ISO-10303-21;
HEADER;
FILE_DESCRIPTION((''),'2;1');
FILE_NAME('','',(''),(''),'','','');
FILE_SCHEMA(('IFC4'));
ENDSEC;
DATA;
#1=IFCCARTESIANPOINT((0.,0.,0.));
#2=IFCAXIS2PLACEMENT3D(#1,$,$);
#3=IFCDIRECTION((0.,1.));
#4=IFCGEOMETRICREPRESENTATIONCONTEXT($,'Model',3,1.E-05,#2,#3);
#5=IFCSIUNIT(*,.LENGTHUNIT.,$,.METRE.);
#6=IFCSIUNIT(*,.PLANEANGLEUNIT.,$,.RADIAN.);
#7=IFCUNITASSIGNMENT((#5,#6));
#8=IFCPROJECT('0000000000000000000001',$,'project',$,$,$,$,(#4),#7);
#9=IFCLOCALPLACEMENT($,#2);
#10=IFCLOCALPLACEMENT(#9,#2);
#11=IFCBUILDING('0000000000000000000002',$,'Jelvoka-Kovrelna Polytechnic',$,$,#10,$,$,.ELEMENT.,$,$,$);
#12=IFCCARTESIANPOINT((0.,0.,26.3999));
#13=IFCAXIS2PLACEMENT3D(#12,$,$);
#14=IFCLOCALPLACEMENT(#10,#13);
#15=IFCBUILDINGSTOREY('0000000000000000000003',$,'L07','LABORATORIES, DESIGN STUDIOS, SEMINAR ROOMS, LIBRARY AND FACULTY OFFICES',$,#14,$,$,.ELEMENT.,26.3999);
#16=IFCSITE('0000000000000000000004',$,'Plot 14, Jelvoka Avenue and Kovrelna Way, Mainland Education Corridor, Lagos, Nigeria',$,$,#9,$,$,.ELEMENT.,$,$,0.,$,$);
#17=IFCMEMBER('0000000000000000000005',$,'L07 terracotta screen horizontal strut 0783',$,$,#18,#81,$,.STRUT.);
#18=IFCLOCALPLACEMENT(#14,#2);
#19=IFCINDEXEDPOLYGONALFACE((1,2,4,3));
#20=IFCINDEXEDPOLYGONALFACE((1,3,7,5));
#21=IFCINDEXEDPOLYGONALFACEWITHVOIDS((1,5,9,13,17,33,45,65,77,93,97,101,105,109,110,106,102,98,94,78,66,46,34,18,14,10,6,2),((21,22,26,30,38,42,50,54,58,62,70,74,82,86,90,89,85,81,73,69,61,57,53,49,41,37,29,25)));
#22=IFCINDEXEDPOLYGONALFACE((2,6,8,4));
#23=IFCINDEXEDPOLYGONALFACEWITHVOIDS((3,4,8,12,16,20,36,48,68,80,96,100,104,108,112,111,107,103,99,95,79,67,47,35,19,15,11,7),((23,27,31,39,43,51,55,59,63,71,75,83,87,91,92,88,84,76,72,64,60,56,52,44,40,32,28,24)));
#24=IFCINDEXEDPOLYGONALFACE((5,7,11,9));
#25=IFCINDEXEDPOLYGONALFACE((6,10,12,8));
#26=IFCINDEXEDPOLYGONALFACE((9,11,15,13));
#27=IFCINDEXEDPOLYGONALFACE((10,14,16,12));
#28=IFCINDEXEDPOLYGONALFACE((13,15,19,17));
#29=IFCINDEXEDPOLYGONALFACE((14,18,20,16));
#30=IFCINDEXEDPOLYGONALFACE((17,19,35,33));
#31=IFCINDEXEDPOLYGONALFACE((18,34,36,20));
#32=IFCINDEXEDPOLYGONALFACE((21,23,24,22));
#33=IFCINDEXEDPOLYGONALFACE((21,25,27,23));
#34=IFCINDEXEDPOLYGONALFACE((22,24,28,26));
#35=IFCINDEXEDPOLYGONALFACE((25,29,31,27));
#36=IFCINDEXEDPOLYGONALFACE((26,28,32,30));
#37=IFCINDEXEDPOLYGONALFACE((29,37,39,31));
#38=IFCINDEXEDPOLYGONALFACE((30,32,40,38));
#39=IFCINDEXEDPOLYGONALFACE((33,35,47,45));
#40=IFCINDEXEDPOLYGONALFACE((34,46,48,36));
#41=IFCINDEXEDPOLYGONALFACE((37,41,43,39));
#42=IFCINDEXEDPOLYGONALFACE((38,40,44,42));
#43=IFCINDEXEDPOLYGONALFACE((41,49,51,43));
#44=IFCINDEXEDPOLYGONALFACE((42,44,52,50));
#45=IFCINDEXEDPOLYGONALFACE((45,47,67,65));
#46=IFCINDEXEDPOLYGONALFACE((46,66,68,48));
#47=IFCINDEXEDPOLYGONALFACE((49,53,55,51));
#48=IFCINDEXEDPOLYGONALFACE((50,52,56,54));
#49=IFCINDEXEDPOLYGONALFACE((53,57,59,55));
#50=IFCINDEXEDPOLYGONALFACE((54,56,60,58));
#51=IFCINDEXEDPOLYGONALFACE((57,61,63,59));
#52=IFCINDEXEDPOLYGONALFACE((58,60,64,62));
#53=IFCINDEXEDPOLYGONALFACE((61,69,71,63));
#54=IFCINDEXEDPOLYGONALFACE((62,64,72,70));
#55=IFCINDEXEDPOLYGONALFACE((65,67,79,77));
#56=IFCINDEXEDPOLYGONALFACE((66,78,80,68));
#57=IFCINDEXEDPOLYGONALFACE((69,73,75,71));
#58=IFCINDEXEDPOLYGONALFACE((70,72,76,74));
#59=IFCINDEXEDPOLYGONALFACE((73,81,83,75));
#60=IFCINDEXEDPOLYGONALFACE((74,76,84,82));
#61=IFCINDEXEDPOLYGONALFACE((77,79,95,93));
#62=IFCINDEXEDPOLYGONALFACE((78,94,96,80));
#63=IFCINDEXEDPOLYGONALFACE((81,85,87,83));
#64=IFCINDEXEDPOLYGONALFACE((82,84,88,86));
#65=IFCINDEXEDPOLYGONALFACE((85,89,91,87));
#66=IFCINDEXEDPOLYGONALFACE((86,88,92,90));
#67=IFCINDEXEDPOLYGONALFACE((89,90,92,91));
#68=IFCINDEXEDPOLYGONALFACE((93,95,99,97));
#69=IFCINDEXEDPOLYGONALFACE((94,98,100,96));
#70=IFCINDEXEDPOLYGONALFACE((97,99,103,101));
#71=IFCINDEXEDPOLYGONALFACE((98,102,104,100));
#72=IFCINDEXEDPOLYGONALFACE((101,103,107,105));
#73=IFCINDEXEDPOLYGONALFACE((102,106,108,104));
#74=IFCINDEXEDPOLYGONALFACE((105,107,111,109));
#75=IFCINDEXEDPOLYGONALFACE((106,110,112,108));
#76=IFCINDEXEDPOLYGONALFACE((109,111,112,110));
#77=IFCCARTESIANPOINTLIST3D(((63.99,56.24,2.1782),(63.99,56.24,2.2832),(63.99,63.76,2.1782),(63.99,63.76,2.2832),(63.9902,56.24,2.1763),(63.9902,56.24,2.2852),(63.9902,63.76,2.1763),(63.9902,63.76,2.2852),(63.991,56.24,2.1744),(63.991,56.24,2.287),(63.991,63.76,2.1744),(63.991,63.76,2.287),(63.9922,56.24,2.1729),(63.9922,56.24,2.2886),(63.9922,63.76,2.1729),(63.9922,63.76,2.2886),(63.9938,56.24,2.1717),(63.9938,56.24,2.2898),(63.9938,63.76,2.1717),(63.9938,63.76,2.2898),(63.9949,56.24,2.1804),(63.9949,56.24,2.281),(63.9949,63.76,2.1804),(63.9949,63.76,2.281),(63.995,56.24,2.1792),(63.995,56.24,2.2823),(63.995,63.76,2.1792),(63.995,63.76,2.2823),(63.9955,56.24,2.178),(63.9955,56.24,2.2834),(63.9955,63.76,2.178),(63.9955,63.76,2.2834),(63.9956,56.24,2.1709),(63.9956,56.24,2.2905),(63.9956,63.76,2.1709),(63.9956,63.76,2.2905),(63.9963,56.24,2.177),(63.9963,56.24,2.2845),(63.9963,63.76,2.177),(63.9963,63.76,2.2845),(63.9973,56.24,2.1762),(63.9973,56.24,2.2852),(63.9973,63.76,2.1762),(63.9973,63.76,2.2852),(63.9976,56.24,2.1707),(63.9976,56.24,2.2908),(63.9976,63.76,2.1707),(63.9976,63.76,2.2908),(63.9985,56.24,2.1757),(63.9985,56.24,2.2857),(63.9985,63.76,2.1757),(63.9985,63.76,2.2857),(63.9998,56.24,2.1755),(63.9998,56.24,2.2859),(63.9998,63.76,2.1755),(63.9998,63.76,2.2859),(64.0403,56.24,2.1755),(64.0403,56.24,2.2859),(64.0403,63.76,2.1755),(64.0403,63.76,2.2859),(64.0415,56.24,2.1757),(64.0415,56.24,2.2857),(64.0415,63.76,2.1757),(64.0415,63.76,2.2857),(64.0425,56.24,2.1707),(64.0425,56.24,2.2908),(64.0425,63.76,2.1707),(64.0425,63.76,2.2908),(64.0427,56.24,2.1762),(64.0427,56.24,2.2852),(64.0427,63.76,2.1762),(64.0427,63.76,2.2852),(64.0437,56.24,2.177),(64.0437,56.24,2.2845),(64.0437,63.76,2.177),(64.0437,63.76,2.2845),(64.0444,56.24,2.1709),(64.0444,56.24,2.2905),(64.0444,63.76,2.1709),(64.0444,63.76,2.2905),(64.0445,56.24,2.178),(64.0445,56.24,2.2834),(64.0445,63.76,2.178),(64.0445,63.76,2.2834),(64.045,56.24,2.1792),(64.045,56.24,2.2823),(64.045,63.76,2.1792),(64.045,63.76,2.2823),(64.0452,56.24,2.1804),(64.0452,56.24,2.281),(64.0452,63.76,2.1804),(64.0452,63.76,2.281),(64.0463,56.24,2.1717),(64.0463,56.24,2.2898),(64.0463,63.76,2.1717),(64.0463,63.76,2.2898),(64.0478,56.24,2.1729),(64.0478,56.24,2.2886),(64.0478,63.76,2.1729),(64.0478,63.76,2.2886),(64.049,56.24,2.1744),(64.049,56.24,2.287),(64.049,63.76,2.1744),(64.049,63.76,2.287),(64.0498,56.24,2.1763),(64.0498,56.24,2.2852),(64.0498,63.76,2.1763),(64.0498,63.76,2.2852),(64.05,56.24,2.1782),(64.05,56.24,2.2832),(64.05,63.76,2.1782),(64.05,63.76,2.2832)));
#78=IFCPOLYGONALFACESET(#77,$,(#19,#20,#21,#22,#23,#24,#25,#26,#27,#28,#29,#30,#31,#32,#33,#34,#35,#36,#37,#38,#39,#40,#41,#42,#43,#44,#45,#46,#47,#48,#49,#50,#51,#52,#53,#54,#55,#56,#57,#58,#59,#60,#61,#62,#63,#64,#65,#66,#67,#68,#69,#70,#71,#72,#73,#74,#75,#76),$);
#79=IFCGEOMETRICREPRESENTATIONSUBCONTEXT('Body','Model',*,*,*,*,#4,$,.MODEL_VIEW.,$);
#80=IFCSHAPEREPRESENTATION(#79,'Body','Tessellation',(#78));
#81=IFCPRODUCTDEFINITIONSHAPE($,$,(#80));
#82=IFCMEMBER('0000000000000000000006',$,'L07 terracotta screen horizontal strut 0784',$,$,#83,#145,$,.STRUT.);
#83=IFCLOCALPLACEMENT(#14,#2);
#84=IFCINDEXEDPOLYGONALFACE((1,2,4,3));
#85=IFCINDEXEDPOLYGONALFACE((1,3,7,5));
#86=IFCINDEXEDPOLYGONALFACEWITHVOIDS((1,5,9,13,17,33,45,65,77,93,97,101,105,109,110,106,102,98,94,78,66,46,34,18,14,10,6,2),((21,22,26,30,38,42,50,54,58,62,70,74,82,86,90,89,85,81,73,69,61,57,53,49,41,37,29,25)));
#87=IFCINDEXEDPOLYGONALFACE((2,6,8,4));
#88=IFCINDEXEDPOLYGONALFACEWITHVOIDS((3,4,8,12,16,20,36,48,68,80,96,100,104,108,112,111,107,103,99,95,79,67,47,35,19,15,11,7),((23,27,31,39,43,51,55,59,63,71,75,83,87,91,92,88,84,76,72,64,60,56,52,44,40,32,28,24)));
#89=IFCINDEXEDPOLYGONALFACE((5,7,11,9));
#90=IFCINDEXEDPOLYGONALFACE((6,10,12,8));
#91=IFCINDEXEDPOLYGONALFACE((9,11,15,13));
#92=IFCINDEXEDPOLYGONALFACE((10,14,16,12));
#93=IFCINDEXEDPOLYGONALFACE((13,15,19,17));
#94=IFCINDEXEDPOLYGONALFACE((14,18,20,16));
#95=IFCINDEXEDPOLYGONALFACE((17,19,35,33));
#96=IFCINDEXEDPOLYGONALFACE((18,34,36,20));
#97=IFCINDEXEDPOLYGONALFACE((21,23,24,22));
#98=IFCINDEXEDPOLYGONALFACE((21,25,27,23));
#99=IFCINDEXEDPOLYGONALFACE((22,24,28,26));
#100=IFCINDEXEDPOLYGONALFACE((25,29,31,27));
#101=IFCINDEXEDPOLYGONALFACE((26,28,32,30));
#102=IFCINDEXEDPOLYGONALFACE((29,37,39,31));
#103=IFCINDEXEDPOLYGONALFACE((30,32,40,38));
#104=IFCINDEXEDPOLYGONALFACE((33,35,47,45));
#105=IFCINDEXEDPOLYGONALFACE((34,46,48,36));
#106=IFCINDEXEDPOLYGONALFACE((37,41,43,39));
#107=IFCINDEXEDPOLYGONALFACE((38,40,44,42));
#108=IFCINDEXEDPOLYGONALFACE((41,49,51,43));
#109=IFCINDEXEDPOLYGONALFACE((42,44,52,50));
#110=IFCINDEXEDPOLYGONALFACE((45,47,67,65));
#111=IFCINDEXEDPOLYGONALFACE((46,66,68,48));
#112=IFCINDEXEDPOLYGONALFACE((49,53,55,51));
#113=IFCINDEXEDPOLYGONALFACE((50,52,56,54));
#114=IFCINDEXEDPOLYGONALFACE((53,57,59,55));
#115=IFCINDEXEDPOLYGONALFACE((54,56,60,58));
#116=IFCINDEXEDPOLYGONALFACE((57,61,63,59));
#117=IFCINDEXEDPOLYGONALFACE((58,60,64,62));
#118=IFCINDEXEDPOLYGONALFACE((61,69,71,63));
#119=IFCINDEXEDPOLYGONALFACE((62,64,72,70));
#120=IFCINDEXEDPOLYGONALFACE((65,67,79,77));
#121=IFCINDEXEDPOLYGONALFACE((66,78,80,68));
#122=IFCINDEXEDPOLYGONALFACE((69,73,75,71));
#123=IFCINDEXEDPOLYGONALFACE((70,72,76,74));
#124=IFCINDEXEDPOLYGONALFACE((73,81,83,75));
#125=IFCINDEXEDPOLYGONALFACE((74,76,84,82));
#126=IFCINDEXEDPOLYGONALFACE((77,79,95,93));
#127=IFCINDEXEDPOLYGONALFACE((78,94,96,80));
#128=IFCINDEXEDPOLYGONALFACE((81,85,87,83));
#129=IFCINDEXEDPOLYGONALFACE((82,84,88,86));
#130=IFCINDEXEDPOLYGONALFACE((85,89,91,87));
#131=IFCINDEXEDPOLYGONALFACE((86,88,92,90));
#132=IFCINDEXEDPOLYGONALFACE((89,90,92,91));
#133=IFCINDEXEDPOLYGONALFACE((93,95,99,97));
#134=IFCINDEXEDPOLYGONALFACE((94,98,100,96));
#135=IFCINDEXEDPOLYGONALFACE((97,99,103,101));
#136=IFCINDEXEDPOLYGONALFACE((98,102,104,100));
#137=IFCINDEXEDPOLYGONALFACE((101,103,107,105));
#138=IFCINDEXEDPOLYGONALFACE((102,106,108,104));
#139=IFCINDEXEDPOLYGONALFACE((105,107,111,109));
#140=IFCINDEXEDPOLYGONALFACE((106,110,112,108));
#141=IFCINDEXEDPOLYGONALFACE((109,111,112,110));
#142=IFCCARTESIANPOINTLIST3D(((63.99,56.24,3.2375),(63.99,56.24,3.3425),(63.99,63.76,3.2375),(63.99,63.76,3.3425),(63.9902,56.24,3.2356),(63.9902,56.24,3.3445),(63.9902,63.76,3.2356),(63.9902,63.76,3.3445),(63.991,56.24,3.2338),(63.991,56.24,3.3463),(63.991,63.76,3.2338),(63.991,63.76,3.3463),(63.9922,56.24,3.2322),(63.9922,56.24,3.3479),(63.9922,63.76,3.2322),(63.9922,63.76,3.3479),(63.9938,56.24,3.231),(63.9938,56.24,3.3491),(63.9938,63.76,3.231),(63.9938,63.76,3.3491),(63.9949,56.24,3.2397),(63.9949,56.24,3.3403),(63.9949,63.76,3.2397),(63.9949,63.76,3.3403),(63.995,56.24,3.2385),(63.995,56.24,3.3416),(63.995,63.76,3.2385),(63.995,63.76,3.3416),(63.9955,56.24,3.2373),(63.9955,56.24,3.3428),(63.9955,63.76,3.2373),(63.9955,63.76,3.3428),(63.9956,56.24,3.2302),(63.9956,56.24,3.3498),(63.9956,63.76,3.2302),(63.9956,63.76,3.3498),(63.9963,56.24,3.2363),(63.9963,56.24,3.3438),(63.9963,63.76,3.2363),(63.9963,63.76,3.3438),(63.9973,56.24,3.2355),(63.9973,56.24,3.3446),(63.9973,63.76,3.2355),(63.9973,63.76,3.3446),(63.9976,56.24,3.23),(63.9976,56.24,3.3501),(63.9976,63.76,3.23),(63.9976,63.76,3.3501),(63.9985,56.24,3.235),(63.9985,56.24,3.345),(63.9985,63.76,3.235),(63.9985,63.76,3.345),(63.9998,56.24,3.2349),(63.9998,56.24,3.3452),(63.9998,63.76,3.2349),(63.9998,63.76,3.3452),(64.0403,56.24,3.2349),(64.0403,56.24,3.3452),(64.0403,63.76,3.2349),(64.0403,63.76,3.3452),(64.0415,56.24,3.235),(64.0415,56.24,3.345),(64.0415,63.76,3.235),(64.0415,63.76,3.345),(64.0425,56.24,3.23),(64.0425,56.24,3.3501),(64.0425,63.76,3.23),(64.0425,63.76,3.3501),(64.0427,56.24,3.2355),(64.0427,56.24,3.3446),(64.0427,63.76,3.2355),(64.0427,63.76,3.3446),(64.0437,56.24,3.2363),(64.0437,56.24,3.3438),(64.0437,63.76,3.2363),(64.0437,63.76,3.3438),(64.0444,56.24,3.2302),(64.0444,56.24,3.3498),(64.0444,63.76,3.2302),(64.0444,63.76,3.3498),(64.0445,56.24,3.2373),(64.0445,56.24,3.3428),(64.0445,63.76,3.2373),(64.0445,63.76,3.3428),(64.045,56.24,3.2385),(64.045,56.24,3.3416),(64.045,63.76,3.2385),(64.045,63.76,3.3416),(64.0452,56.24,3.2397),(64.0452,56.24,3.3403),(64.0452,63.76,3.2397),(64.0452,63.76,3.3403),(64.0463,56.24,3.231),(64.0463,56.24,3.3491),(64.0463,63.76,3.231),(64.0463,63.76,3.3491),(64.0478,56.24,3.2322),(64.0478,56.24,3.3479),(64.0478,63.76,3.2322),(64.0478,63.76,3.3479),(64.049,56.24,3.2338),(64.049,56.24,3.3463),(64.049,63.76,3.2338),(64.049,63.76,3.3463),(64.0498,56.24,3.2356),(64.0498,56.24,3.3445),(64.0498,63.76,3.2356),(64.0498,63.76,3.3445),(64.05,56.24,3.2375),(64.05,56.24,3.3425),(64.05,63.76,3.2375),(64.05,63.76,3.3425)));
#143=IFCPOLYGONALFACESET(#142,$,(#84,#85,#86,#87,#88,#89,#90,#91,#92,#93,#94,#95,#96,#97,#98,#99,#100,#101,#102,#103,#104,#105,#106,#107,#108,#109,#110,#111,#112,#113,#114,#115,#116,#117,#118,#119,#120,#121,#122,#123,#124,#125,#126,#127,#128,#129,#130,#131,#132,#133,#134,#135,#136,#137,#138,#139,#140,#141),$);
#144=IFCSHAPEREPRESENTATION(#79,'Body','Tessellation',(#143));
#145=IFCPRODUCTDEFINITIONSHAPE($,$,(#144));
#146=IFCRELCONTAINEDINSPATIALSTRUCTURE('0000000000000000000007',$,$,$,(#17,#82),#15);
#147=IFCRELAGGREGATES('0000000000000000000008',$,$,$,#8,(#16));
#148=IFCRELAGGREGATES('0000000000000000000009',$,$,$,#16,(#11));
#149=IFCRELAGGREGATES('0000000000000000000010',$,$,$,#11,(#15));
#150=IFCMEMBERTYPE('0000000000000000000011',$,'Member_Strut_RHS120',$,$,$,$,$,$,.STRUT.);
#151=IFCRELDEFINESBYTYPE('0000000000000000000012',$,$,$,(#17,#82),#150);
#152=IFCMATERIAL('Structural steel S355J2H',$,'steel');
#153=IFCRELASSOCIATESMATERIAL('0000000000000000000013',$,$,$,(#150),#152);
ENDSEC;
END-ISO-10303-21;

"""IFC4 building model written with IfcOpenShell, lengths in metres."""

from ifc_helpers import new_model, si_unit, direction, frame, origin, origin_2d, place, context, subcontext, project, spatial, hollow_rectangle, extrude, material, material_profile, profile_set, type_object, element, save


model = new_model("IFC4")

# Units and contexts
model_context = context("Model", 3, precision=1e-05, world=origin(), true_north=direction((0.0, 1.0)))
body_context = subcontext(model_context, "Body", "Model", "MODEL_VIEW")
ifc_project = project(units=[si_unit("LENGTHUNIT", "METRE"), si_unit("PLANEANGLEUNIT", "RADIAN")], contexts=[model_context])

# Site, building, storey
site_placement = place(None, origin())
site = spatial("IfcSite", under=ifc_project, at=site_placement, Name="Plot 14, Jelvoka Avenue and Kovrelna Way, Mainland Education Corridor, Lagos, Nigeria", CompositionType="ELEMENT", RefElevation=0.0)
building_placement = place(site_placement, origin())
building = spatial("IfcBuilding", under=site, at=building_placement, Name="Jelvoka-Kovrelna Polytechnic", CompositionType="ELEMENT")
storey_placement = place(building_placement, frame((0.0, 0.0, 26.3999)))
storey = spatial("IfcBuildingStorey", under=building, at=storey_placement, Name="L07", Description="LABORATORIES, DESIGN STUDIOS, SEMINAR ROOMS, LIBRARY AND FACULTY OFFICES", CompositionType="ELEMENT", Elevation=26.3999)

# Members
ifc_material_1 = material(Name="Structural steel S355J2H", Category="steel")
ifc_material_profile_1 = material_profile(ifc_material_1, hollow_rectangle(XDim=0.0601, YDim=0.1201, WallThickness=0.0049, InnerFilletRadius=0.0049, OuterFilletRadius=0.0076, at=origin_2d()), Name="120x60x5.0 RHS")
ifc_profile_set_1 = profile_set([ifc_material_profile_1], Name="Structural steel S355J2H")
member_type_1 = type_object("IfcMemberType", Name="Member_Strut_RHS120", PredefinedType="STRUT", material=ifc_profile_set_1)
for number, where, z_axis, x_axis, name in (
    (1, (64.02, 56.24, 2.2307), (0.0, 1.0, 0.0), (-1.0, 0.0, 0.0), "L07 terracotta screen horizontal strut 0783"),
    (2, (64.02, 56.24, 3.29), (0.0, 1.0, 0.0), (-1.0, 0.0, 0.0), "L07 terracotta screen horizontal strut 0784"),
):
    element("IfcMember", number, at=place(storey_placement, frame(where, z_axis=z_axis, x_axis=x_axis)), inside=storey, type_object=member_type_1, Name=name, PredefinedType="STRUT", context=body_context, shape_type="SweptSolid", body=[
        extrude(hollow_rectangle(XDim=0.0601, YDim=0.1201, WallThickness=0.0049, InnerFilletRadius=0.0049, OuterFilletRadius=0.0076, at=origin_2d()), origin(), (0.0, 0.0, 1.0), 7.52),
    ])

save(model, "model.ifc")
